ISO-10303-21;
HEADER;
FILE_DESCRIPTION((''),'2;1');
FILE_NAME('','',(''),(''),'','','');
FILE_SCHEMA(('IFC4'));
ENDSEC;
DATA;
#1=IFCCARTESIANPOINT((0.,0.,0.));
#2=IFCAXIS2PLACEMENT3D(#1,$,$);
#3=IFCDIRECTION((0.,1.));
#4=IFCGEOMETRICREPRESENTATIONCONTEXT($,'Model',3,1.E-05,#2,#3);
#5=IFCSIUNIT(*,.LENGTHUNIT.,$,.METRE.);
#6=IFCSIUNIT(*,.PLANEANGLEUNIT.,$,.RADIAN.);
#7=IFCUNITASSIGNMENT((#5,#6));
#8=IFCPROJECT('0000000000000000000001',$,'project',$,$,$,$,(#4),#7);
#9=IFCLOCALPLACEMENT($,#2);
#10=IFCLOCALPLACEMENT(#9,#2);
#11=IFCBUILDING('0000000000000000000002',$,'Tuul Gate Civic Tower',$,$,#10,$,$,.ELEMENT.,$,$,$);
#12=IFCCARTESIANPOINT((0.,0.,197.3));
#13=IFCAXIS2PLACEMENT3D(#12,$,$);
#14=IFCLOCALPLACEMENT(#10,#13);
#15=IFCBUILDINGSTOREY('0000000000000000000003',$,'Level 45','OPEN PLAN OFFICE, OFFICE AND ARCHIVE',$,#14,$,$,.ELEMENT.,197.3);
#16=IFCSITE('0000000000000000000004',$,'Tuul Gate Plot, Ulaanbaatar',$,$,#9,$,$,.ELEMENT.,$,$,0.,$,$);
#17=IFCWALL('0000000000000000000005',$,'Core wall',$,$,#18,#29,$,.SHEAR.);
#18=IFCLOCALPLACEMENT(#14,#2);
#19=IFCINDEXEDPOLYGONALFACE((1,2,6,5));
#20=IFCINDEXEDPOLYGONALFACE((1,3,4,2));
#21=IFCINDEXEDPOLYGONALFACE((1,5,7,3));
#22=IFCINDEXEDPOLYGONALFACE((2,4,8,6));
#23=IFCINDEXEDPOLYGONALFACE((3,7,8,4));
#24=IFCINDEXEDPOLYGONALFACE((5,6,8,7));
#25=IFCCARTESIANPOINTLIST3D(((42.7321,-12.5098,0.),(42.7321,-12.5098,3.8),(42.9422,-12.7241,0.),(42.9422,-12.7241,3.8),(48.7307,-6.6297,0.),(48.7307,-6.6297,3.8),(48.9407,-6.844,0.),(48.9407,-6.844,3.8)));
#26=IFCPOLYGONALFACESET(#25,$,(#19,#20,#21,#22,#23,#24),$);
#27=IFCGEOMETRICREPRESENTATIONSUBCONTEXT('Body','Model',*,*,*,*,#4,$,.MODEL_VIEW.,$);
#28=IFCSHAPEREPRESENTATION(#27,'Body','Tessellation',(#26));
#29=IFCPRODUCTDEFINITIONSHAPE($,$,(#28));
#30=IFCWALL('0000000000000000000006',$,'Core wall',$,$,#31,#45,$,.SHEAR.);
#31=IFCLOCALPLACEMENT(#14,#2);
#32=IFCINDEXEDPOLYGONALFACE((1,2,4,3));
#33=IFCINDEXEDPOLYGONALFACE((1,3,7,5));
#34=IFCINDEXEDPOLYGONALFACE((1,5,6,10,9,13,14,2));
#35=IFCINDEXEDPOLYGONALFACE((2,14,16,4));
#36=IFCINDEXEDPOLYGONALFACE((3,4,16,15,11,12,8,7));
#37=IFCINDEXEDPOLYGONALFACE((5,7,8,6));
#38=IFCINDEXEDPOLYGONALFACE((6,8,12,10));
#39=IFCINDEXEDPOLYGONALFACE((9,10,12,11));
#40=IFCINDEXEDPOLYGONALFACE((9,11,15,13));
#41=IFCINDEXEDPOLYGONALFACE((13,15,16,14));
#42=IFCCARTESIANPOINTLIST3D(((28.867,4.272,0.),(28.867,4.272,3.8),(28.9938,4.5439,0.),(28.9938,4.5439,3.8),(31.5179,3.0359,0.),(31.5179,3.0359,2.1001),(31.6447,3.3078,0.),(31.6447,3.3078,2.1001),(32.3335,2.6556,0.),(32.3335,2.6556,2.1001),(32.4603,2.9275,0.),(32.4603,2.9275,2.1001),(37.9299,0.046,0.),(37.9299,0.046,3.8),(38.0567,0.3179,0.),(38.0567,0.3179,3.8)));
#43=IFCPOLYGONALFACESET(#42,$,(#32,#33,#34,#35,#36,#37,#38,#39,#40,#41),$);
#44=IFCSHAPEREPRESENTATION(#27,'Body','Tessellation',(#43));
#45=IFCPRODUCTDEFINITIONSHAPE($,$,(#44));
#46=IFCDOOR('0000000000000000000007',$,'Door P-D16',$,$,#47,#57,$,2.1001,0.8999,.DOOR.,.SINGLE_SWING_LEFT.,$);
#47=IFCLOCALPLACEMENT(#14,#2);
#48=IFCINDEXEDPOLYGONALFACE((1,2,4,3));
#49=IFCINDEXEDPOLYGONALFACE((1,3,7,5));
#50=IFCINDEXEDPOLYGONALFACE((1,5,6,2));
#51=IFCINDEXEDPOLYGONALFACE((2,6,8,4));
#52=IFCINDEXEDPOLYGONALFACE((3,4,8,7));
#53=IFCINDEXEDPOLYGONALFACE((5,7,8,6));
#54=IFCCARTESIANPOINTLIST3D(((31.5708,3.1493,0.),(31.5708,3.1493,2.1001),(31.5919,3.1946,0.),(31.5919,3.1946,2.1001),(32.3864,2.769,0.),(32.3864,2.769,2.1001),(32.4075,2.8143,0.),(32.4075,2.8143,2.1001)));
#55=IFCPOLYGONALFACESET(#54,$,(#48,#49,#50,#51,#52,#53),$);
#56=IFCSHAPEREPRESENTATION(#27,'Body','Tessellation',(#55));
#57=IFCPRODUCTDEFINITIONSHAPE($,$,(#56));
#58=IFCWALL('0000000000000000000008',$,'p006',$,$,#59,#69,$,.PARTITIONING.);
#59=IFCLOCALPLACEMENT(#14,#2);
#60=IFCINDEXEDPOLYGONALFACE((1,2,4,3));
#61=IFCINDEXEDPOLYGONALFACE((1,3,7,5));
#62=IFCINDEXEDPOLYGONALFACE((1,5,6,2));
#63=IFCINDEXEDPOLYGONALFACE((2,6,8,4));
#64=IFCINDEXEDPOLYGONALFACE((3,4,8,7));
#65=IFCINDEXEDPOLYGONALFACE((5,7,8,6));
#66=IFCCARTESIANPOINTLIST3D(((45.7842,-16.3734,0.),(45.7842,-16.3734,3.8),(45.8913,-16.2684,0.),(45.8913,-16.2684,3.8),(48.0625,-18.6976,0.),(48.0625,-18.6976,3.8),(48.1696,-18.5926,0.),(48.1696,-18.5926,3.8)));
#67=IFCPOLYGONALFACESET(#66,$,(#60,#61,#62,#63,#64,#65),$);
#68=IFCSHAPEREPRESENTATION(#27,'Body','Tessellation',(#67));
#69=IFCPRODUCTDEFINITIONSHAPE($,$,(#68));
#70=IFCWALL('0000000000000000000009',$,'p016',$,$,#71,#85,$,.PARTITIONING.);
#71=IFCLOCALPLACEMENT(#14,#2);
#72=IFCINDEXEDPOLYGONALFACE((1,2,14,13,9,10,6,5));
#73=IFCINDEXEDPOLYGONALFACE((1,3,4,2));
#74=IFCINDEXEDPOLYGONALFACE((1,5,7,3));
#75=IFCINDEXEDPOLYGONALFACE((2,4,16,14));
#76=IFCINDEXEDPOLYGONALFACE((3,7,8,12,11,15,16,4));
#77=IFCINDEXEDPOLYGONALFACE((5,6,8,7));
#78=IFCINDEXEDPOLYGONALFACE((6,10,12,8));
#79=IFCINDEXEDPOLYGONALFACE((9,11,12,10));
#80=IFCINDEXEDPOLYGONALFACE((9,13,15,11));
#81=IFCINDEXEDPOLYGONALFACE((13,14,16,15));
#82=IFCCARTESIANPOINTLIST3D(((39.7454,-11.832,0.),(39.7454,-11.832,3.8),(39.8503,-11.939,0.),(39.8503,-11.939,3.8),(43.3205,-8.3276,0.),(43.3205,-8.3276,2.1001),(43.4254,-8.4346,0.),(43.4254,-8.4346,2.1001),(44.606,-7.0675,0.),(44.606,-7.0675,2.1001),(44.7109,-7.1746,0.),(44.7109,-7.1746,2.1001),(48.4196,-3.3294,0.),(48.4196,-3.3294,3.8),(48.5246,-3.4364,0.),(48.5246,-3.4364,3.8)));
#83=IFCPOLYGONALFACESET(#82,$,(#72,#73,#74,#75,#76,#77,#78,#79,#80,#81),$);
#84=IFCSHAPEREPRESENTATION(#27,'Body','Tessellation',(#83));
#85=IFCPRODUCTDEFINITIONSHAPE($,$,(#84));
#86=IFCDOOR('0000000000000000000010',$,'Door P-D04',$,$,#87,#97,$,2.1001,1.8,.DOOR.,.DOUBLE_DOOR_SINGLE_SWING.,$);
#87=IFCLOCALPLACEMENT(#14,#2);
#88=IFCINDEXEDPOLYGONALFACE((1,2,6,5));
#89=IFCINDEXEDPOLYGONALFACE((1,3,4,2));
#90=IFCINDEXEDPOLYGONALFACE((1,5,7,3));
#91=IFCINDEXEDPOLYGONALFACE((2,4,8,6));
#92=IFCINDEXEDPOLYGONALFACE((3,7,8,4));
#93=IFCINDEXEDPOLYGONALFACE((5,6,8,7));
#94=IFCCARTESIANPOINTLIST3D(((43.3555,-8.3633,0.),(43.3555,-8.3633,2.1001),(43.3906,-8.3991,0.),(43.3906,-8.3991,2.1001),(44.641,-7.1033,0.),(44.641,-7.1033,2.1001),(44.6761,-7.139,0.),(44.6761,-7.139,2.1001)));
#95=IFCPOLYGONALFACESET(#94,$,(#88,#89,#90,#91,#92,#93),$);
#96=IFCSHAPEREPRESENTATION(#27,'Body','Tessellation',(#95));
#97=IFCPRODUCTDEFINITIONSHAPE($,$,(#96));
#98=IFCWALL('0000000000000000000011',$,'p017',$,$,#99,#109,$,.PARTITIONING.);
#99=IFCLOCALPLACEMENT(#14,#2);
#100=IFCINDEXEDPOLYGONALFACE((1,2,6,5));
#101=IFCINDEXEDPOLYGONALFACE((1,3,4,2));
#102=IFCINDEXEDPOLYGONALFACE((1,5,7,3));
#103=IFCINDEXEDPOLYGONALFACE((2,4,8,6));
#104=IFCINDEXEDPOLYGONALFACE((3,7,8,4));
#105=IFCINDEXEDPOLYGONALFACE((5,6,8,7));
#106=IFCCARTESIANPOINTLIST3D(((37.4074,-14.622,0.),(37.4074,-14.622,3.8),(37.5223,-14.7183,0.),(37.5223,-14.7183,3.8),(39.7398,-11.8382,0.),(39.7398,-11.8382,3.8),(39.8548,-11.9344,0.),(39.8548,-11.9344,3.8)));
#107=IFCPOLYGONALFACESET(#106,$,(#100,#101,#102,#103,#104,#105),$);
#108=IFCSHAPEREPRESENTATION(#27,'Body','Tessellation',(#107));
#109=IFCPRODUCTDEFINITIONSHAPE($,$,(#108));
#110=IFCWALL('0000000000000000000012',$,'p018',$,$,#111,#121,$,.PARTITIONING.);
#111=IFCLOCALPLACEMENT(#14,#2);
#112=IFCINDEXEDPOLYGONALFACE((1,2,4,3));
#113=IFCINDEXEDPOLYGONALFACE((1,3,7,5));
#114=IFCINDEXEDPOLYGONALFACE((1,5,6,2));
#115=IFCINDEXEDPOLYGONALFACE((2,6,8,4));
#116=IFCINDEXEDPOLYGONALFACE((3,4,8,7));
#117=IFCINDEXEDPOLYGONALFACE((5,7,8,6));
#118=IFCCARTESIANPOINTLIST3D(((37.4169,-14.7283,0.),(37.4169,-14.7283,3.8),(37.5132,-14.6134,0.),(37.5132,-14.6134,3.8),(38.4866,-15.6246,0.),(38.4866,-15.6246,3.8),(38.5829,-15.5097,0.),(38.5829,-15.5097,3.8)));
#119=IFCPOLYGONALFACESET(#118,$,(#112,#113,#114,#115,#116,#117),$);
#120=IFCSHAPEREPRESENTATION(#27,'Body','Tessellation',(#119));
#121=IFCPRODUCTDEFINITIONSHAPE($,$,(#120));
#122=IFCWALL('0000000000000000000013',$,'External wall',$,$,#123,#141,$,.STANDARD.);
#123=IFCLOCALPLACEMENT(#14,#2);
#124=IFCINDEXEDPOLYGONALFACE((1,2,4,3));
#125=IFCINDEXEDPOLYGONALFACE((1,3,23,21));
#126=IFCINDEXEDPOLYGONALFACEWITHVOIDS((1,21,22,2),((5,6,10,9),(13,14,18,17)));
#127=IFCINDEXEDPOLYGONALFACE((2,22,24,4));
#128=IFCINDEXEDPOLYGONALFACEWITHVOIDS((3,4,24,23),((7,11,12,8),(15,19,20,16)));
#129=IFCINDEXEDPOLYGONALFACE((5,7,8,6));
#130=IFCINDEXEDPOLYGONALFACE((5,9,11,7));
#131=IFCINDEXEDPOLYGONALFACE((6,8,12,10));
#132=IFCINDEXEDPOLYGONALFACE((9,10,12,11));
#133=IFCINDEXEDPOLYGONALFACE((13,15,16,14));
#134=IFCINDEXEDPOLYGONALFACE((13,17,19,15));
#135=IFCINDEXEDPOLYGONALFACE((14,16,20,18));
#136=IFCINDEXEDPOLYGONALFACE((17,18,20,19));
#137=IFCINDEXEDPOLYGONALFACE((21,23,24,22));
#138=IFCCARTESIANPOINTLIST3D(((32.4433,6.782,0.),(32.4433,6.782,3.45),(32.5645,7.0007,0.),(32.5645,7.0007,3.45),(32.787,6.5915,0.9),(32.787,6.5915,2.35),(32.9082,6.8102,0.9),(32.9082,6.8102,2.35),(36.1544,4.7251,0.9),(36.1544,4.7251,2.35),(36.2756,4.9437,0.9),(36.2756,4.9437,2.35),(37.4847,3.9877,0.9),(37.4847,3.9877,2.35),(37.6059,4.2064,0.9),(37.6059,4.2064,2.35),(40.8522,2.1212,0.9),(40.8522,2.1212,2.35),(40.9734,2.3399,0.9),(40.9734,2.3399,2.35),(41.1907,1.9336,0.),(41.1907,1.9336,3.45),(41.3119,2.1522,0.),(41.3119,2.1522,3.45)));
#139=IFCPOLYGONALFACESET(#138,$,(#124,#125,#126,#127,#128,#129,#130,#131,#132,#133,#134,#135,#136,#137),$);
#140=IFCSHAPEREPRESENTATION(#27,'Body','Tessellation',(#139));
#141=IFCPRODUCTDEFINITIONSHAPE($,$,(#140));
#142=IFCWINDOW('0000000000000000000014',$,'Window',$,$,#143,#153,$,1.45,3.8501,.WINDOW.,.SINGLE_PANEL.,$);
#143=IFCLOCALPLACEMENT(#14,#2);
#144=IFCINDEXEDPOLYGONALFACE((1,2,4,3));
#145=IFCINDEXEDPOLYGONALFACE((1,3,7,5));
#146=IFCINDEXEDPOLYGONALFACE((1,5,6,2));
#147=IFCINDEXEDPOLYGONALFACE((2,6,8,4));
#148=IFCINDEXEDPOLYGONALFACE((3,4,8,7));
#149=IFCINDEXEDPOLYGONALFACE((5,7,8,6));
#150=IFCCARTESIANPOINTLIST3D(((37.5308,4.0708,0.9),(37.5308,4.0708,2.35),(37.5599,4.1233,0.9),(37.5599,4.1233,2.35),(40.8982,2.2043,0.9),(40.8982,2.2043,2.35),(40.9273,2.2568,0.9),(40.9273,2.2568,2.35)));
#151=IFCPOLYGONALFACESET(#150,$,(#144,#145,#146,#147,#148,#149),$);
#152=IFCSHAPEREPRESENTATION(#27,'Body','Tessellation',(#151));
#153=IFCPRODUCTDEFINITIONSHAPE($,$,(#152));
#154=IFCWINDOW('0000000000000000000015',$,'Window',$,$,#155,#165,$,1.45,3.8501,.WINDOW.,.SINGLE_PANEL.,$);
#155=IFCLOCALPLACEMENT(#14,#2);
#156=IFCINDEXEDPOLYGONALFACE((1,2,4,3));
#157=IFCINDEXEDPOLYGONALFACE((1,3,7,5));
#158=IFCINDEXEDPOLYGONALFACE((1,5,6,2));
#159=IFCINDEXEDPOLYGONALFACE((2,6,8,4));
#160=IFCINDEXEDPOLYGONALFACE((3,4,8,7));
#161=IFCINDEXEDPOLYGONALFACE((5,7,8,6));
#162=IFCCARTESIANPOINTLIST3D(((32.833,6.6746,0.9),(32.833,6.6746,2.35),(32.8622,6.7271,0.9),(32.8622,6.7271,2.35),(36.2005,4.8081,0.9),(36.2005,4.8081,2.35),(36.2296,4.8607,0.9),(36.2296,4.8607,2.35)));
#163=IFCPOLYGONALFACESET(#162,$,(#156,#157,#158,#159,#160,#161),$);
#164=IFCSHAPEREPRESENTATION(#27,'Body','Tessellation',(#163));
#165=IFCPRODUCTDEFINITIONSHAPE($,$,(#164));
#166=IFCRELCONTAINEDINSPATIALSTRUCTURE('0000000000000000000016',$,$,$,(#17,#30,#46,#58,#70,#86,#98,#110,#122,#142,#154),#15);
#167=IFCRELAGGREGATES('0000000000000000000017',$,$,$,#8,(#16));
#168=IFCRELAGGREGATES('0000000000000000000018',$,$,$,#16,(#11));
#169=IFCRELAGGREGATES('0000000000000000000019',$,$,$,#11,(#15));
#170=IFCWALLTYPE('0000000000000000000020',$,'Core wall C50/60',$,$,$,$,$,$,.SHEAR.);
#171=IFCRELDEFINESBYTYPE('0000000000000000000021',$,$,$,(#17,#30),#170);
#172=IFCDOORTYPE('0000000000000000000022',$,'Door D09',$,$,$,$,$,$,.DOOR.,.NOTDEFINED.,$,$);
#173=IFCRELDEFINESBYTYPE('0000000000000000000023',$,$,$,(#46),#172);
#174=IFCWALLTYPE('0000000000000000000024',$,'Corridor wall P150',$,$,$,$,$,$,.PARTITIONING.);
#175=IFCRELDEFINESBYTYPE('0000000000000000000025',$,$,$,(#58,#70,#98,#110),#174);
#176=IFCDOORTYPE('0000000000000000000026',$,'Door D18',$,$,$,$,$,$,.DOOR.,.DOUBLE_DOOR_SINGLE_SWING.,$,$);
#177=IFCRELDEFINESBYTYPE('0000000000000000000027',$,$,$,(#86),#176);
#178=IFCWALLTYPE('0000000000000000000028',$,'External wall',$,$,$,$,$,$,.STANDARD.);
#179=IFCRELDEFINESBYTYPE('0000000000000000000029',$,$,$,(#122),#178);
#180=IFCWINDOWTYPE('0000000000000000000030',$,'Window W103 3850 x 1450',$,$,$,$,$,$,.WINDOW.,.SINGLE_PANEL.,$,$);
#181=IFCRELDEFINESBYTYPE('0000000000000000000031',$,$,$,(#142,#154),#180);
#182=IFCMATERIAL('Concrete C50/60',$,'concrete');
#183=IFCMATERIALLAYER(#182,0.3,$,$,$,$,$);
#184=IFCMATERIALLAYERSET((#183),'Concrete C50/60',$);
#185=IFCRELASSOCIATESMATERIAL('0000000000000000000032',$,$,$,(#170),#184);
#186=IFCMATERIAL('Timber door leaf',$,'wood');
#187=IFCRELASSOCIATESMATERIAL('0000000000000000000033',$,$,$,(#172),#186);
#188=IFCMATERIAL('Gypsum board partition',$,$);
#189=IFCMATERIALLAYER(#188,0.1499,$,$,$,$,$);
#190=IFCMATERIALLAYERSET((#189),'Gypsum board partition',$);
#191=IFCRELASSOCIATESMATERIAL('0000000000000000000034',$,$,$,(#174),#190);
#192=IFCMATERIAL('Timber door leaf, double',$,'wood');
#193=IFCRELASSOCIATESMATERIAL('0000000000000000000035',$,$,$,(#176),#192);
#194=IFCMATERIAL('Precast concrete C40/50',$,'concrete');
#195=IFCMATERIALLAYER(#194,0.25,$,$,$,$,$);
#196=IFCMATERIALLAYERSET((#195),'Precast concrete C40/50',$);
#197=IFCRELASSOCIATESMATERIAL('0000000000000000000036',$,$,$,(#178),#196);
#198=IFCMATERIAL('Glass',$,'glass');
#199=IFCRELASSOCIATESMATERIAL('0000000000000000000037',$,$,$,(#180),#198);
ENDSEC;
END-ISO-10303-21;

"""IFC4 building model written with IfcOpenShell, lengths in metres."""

from ifc_helpers import new_model, si_unit, direction, frame, frame_2d, origin, place, context, subcontext, project, spatial, rectangle, extrude, material, layer, layer_set, type_object, element, fill, save


model = new_model("IFC4")

# Units and contexts
model_context = context("Model", 3, precision=1e-05, world=origin(), true_north=direction((0.0, 1.0)))
body_context = subcontext(model_context, "Body", "Model", "MODEL_VIEW")
ifc_project = project(units=[si_unit("LENGTHUNIT", "METRE"), si_unit("PLANEANGLEUNIT", "RADIAN")], contexts=[model_context])

# Site, building, storey
site_placement = place(None, origin())
site = spatial("IfcSite", under=ifc_project, at=site_placement, Name="Tuul Gate Plot, Ulaanbaatar", CompositionType="ELEMENT", RefElevation=0.0)
building_placement = place(site_placement, origin())
building = spatial("IfcBuilding", under=site, at=building_placement, Name="Tuul Gate Civic Tower", CompositionType="ELEMENT")
storey_placement = place(building_placement, frame((0.0, 0.0, 197.3)))
storey = spatial("IfcBuildingStorey", under=building, at=storey_placement, Name="Level 45", Description="OPEN PLAN OFFICE, OFFICE AND ARCHIVE", CompositionType="ELEMENT", Elevation=197.3)

# Shared definitions
ifc_material_1 = material(Name="Concrete C50/60", Category="concrete")
ifc_layer_1 = layer(ifc_material_1, 0.3)
ifc_layer_set_1 = layer_set([ifc_layer_1], Name="Concrete C50/60")
wall_type_1 = type_object("IfcWallType", Name="Core wall C50/60", PredefinedType="SHEAR", material=ifc_layer_set_1)

# Wall
wall_1_placement = place(storey_placement, frame((42.8372, -12.6169, 0.0), z_axis=(0.0, 0.0, 1.0), x_axis=(0.71412, 0.700023, 0.0)))
element("IfcWall", 1, at=wall_1_placement, inside=storey, type_object=wall_type_1, Name="Core wall", PredefinedType="SHEAR", context=body_context, shape_type="SweptSolid", body=[
    extrude(rectangle(XDim=8.3999, YDim=0.3, at=frame_2d((4.2, 0.0))), origin(), (0.0, 0.0, 1.0), 3.8),
])

# Wall, opening, door
wall_2_placement = place(storey_placement, frame((37.9934, 0.1819, 0.0), z_axis=(0.0, 0.0, 1.0), x_axis=(-0.90631, 0.422613, 0.0)))
wall_2 = element("IfcWall", 2, at=wall_2_placement, inside=storey, type_object=wall_type_1, Name="Core wall", PredefinedType="SHEAR", context=body_context, shape_type="SweptSolid", body=[
    extrude(rectangle(XDim=9.9998, YDim=0.3, at=frame_2d((5.0, 0.0))), origin(), (0.0, 0.0, 1.0), 3.8),
])
opening_1_placement = place(wall_2_placement, frame((6.175, 0.0, 0.0)))
opening_1 = element("IfcOpeningElement", 3, at=opening_1_placement, cuts=wall_2, PredefinedType="OPENING", context=body_context, shape_type="SweptSolid", body=[
    extrude(rectangle(XDim=0.8999, YDim=2.1001, at=frame_2d((0.45, 1.05))), frame((0.0, 0.1602, 0.0), z_axis=(0.0, -1.0, 0.0), x_axis=(1.0, 0.0, 0.0)), (0.0, 0.0, 1.0), 0.3201),
])
ifc_material_2 = material(Name="Timber door leaf", Category="wood")
door_type_1 = type_object("IfcDoorType", Name="Door D09", OperationType="NOTDEFINED", PredefinedType="DOOR", material=ifc_material_2)
door_1_placement = place(opening_1_placement, origin())
door_1 = element("IfcDoor", 4, at=door_1_placement, inside=storey, type_object=door_type_1, Name="Door P-D16", OperationType="SINGLE_SWING_LEFT", OverallHeight=2.1001, OverallWidth=0.8999, PredefinedType="DOOR", context=body_context, shape_type="SweptSolid", body=[
    extrude(rectangle(XDim=0.8999, YDim=2.1001, at=frame_2d((0.45, 1.05))), frame((0.0, 0.0249, 0.0), z_axis=(0.0, -1.0, 0.0), x_axis=(1.0, 0.0, 0.0)), (0.0, 0.0, 1.0), 0.05),
])
fill(opening_1, door_1)

# Wall
ifc_material_3 = material(Name="Gypsum board partition")
ifc_layer_2 = layer(ifc_material_3, 0.1499)
ifc_layer_set_2 = layer_set([ifc_layer_2], Name="Gypsum board partition")
wall_type_2 = type_object("IfcWallType", Name="Corridor wall P150", PredefinedType="PARTITIONING", material=ifc_layer_set_2)
wall_3_placement = place(storey_placement, frame((45.8376, -16.3208, 0.0), z_axis=(0.0, 0.0, 1.0), x_axis=(0.70002, -0.714123, 0.0)))
element("IfcWall", 5, at=wall_3_placement, inside=storey, type_object=wall_type_2, Name="p006", PredefinedType="PARTITIONING", context=body_context, shape_type="SweptSolid", body=[
    extrude(rectangle(XDim=3.2546, YDim=0.1499, at=frame_2d((1.6274, 0.0))), origin(), (0.0, 0.0, 1.0), 3.8),
])

# Wall, opening, door
wall_4_placement = place(storey_placement, frame((39.7979, -11.8855, 0.0), z_axis=(0.0, 0.0, 1.0), x_axis=(0.714136, 0.700006, 0.0)))
wall_4 = element("IfcWall", 6, at=wall_4_placement, inside=storey, type_object=wall_type_2, Name="p016", PredefinedType="PARTITIONING", context=body_context, shape_type="SweptSolid", body=[
    extrude(rectangle(XDim=12.1465, YDim=0.1499, at=frame_2d((6.0732, 0.0))), origin(), (0.0, 0.0, 1.0), 3.8),
])
opening_2_placement = place(wall_4_placement, frame((5.0063, 0.0, 0.0)))
opening_2 = element("IfcOpeningElement", 7, at=opening_2_placement, cuts=wall_4, PredefinedType="OPENING", context=body_context, shape_type="SweptSolid", body=[
    extrude(rectangle(XDim=1.8, YDim=2.1001, at=frame_2d((0.8999, 1.05))), frame((0.0, 0.085, 0.0), z_axis=(0.0, -1.0, 0.0), x_axis=(1.0, 0.0, 0.0)), (0.0, 0.0, 1.0), 0.1699),
])
ifc_material_4 = material(Name="Timber door leaf, double", Category="wood")
door_type_2 = type_object("IfcDoorType", Name="Door D18", OperationType="DOUBLE_DOOR_SINGLE_SWING", PredefinedType="DOOR", material=ifc_material_4)
door_2_placement = place(opening_2_placement, origin())
door_2 = element("IfcDoor", 8, at=door_2_placement, inside=storey, type_object=door_type_2, Name="Door P-D04", OperationType="DOUBLE_DOOR_SINGLE_SWING", OverallHeight=2.1001, OverallWidth=1.8, PredefinedType="DOOR", context=body_context, shape_type="SweptSolid", body=[
    extrude(rectangle(XDim=1.8, YDim=2.1001, at=frame_2d((0.8999, 1.05))), frame((0.0, 0.0249, 0.0), z_axis=(0.0, -1.0, 0.0), x_axis=(1.0, 0.0, 0.0)), (0.0, 0.0, 1.0), 0.05),
])
fill(opening_2, door_2)

# Walls
wall_5_placement = place(storey_placement, frame((37.4648, -14.6702, 0.0), z_axis=(0.0, 0.0, 1.0), x_axis=(0.642225, 0.766516, 0.0)))
element("IfcWall", 9, at=wall_5_placement, inside=storey, type_object=wall_type_2, Name="p017", PredefinedType="PARTITIONING", context=body_context, shape_type="SweptSolid", body=[
    extrude(rectangle(XDim=3.6318, YDim=0.1499, at=frame_2d((1.8159, 0.0))), origin(), (0.0, 0.0, 1.0), 3.8),
])
wall_6_placement = place(storey_placement, frame((37.4651, -14.6709, 0.0), z_axis=(0.0, 0.0, 1.0), x_axis=(0.766483, -0.642264, 0.0)))
element("IfcWall", 10, at=wall_6_placement, inside=storey, type_object=wall_type_2, Name="p018", PredefinedType="PARTITIONING", context=body_context, shape_type="SweptSolid", body=[
    extrude(rectangle(XDim=1.3955, YDim=0.1499, at=frame_2d((0.6978, 0.0))), origin(), (0.0, 0.0, 1.0), 3.8),
])

# Wall, openings, windows
ifc_material_5 = material(Name="Precast concrete C40/50", Category="concrete")
ifc_layer_3 = layer(ifc_material_5, 0.25)
ifc_layer_set_3 = layer_set([ifc_layer_3], Name="Precast concrete C40/50")
wall_type_3 = type_object("IfcWallType", Name="External wall", PredefinedType="STANDARD", material=ifc_layer_set_3)
wall_7_placement = place(storey_placement, frame((41.2512, 2.043, 0.0), z_axis=(0.0, 0.0, 1.0), x_axis=(-0.874634, 0.484785, 0.0)))
wall_7 = element("IfcWall", 11, at=wall_7_placement, inside=storey, type_object=wall_type_3, Name="External wall", PredefinedType="STANDARD", context=body_context, shape_type="SweptSolid", body=[
    extrude(rectangle(XDim=10.0012, YDim=0.25, at=frame_2d((5.0005, 0.0))), origin(), (0.0, 0.0, 1.0), 3.45),
])
opening_3_placement = place(wall_7_placement, frame((0.387, 0.0, 0.8999)))
opening_3 = element("IfcOpeningElement", 12, at=opening_3_placement, cuts=wall_7, PredefinedType="OPENING", context=body_context, shape_type="SweptSolid", body=[
    extrude(rectangle(XDim=3.8501, YDim=1.45, at=frame_2d((1.925, 0.7251))), frame((0.0, 0.135, 0.0), z_axis=(0.0, -1.0, 0.0), x_axis=(1.0, 0.0, 0.0)), (0.0, 0.0, 1.0), 0.27),
])
opening_4_placement = place(wall_7_placement, frame((5.7581, 0.0, 0.8999)))
opening_4 = element("IfcOpeningElement", 13, at=opening_4_placement, cuts=wall_7, PredefinedType="OPENING", context=body_context, shape_type="SweptSolid", body=[
    extrude(rectangle(XDim=3.8501, YDim=1.45, at=frame_2d((1.925, 0.7251))), frame((0.0, 0.135, 0.0), z_axis=(0.0, -1.0, 0.0), x_axis=(1.0, 0.0, 0.0)), (0.0, 0.0, 1.0), 0.27),
])
ifc_material_6 = material(Name="Glass", Category="glass")
window_type = type_object("IfcWindowType", Name="Window W103 3850 x 1450", PartitioningType="SINGLE_PANEL", PredefinedType="WINDOW", material=ifc_material_6)
window_1_placement = place(opening_3_placement, origin())
window_1 = element("IfcWindow", 14, at=window_1_placement, inside=storey, type_object=window_type, Name="Window", OverallHeight=1.45, OverallWidth=3.8501, PartitioningType="SINGLE_PANEL", PredefinedType="WINDOW", context=body_context, shape_type="SweptSolid", body=[
    extrude(rectangle(XDim=3.8501, YDim=1.45, at=frame_2d((1.925, 0.7251))), frame((0.0, 0.03, 0.0), z_axis=(0.0, -1.0, 0.0), x_axis=(1.0, 0.0, 0.0)), (0.0, 0.0, 1.0), 0.0601),
])
fill(opening_3, window_1)
window_2_placement = place(opening_4_placement, origin())
window_2 = element("IfcWindow", 15, at=window_2_placement, inside=storey, type_object=window_type, Name="Window", OverallHeight=1.45, OverallWidth=3.8501, PartitioningType="SINGLE_PANEL", PredefinedType="WINDOW", context=body_context, shape_type="SweptSolid", body=[
    extrude(rectangle(XDim=3.8501, YDim=1.45, at=frame_2d((1.925, 0.7251))), frame((0.0, 0.03, 0.0), z_axis=(0.0, -1.0, 0.0), x_axis=(1.0, 0.0, 0.0)), (0.0, 0.0, 1.0), 0.0601),
])
fill(opening_4, window_2)

save(model, "model.ifc")
